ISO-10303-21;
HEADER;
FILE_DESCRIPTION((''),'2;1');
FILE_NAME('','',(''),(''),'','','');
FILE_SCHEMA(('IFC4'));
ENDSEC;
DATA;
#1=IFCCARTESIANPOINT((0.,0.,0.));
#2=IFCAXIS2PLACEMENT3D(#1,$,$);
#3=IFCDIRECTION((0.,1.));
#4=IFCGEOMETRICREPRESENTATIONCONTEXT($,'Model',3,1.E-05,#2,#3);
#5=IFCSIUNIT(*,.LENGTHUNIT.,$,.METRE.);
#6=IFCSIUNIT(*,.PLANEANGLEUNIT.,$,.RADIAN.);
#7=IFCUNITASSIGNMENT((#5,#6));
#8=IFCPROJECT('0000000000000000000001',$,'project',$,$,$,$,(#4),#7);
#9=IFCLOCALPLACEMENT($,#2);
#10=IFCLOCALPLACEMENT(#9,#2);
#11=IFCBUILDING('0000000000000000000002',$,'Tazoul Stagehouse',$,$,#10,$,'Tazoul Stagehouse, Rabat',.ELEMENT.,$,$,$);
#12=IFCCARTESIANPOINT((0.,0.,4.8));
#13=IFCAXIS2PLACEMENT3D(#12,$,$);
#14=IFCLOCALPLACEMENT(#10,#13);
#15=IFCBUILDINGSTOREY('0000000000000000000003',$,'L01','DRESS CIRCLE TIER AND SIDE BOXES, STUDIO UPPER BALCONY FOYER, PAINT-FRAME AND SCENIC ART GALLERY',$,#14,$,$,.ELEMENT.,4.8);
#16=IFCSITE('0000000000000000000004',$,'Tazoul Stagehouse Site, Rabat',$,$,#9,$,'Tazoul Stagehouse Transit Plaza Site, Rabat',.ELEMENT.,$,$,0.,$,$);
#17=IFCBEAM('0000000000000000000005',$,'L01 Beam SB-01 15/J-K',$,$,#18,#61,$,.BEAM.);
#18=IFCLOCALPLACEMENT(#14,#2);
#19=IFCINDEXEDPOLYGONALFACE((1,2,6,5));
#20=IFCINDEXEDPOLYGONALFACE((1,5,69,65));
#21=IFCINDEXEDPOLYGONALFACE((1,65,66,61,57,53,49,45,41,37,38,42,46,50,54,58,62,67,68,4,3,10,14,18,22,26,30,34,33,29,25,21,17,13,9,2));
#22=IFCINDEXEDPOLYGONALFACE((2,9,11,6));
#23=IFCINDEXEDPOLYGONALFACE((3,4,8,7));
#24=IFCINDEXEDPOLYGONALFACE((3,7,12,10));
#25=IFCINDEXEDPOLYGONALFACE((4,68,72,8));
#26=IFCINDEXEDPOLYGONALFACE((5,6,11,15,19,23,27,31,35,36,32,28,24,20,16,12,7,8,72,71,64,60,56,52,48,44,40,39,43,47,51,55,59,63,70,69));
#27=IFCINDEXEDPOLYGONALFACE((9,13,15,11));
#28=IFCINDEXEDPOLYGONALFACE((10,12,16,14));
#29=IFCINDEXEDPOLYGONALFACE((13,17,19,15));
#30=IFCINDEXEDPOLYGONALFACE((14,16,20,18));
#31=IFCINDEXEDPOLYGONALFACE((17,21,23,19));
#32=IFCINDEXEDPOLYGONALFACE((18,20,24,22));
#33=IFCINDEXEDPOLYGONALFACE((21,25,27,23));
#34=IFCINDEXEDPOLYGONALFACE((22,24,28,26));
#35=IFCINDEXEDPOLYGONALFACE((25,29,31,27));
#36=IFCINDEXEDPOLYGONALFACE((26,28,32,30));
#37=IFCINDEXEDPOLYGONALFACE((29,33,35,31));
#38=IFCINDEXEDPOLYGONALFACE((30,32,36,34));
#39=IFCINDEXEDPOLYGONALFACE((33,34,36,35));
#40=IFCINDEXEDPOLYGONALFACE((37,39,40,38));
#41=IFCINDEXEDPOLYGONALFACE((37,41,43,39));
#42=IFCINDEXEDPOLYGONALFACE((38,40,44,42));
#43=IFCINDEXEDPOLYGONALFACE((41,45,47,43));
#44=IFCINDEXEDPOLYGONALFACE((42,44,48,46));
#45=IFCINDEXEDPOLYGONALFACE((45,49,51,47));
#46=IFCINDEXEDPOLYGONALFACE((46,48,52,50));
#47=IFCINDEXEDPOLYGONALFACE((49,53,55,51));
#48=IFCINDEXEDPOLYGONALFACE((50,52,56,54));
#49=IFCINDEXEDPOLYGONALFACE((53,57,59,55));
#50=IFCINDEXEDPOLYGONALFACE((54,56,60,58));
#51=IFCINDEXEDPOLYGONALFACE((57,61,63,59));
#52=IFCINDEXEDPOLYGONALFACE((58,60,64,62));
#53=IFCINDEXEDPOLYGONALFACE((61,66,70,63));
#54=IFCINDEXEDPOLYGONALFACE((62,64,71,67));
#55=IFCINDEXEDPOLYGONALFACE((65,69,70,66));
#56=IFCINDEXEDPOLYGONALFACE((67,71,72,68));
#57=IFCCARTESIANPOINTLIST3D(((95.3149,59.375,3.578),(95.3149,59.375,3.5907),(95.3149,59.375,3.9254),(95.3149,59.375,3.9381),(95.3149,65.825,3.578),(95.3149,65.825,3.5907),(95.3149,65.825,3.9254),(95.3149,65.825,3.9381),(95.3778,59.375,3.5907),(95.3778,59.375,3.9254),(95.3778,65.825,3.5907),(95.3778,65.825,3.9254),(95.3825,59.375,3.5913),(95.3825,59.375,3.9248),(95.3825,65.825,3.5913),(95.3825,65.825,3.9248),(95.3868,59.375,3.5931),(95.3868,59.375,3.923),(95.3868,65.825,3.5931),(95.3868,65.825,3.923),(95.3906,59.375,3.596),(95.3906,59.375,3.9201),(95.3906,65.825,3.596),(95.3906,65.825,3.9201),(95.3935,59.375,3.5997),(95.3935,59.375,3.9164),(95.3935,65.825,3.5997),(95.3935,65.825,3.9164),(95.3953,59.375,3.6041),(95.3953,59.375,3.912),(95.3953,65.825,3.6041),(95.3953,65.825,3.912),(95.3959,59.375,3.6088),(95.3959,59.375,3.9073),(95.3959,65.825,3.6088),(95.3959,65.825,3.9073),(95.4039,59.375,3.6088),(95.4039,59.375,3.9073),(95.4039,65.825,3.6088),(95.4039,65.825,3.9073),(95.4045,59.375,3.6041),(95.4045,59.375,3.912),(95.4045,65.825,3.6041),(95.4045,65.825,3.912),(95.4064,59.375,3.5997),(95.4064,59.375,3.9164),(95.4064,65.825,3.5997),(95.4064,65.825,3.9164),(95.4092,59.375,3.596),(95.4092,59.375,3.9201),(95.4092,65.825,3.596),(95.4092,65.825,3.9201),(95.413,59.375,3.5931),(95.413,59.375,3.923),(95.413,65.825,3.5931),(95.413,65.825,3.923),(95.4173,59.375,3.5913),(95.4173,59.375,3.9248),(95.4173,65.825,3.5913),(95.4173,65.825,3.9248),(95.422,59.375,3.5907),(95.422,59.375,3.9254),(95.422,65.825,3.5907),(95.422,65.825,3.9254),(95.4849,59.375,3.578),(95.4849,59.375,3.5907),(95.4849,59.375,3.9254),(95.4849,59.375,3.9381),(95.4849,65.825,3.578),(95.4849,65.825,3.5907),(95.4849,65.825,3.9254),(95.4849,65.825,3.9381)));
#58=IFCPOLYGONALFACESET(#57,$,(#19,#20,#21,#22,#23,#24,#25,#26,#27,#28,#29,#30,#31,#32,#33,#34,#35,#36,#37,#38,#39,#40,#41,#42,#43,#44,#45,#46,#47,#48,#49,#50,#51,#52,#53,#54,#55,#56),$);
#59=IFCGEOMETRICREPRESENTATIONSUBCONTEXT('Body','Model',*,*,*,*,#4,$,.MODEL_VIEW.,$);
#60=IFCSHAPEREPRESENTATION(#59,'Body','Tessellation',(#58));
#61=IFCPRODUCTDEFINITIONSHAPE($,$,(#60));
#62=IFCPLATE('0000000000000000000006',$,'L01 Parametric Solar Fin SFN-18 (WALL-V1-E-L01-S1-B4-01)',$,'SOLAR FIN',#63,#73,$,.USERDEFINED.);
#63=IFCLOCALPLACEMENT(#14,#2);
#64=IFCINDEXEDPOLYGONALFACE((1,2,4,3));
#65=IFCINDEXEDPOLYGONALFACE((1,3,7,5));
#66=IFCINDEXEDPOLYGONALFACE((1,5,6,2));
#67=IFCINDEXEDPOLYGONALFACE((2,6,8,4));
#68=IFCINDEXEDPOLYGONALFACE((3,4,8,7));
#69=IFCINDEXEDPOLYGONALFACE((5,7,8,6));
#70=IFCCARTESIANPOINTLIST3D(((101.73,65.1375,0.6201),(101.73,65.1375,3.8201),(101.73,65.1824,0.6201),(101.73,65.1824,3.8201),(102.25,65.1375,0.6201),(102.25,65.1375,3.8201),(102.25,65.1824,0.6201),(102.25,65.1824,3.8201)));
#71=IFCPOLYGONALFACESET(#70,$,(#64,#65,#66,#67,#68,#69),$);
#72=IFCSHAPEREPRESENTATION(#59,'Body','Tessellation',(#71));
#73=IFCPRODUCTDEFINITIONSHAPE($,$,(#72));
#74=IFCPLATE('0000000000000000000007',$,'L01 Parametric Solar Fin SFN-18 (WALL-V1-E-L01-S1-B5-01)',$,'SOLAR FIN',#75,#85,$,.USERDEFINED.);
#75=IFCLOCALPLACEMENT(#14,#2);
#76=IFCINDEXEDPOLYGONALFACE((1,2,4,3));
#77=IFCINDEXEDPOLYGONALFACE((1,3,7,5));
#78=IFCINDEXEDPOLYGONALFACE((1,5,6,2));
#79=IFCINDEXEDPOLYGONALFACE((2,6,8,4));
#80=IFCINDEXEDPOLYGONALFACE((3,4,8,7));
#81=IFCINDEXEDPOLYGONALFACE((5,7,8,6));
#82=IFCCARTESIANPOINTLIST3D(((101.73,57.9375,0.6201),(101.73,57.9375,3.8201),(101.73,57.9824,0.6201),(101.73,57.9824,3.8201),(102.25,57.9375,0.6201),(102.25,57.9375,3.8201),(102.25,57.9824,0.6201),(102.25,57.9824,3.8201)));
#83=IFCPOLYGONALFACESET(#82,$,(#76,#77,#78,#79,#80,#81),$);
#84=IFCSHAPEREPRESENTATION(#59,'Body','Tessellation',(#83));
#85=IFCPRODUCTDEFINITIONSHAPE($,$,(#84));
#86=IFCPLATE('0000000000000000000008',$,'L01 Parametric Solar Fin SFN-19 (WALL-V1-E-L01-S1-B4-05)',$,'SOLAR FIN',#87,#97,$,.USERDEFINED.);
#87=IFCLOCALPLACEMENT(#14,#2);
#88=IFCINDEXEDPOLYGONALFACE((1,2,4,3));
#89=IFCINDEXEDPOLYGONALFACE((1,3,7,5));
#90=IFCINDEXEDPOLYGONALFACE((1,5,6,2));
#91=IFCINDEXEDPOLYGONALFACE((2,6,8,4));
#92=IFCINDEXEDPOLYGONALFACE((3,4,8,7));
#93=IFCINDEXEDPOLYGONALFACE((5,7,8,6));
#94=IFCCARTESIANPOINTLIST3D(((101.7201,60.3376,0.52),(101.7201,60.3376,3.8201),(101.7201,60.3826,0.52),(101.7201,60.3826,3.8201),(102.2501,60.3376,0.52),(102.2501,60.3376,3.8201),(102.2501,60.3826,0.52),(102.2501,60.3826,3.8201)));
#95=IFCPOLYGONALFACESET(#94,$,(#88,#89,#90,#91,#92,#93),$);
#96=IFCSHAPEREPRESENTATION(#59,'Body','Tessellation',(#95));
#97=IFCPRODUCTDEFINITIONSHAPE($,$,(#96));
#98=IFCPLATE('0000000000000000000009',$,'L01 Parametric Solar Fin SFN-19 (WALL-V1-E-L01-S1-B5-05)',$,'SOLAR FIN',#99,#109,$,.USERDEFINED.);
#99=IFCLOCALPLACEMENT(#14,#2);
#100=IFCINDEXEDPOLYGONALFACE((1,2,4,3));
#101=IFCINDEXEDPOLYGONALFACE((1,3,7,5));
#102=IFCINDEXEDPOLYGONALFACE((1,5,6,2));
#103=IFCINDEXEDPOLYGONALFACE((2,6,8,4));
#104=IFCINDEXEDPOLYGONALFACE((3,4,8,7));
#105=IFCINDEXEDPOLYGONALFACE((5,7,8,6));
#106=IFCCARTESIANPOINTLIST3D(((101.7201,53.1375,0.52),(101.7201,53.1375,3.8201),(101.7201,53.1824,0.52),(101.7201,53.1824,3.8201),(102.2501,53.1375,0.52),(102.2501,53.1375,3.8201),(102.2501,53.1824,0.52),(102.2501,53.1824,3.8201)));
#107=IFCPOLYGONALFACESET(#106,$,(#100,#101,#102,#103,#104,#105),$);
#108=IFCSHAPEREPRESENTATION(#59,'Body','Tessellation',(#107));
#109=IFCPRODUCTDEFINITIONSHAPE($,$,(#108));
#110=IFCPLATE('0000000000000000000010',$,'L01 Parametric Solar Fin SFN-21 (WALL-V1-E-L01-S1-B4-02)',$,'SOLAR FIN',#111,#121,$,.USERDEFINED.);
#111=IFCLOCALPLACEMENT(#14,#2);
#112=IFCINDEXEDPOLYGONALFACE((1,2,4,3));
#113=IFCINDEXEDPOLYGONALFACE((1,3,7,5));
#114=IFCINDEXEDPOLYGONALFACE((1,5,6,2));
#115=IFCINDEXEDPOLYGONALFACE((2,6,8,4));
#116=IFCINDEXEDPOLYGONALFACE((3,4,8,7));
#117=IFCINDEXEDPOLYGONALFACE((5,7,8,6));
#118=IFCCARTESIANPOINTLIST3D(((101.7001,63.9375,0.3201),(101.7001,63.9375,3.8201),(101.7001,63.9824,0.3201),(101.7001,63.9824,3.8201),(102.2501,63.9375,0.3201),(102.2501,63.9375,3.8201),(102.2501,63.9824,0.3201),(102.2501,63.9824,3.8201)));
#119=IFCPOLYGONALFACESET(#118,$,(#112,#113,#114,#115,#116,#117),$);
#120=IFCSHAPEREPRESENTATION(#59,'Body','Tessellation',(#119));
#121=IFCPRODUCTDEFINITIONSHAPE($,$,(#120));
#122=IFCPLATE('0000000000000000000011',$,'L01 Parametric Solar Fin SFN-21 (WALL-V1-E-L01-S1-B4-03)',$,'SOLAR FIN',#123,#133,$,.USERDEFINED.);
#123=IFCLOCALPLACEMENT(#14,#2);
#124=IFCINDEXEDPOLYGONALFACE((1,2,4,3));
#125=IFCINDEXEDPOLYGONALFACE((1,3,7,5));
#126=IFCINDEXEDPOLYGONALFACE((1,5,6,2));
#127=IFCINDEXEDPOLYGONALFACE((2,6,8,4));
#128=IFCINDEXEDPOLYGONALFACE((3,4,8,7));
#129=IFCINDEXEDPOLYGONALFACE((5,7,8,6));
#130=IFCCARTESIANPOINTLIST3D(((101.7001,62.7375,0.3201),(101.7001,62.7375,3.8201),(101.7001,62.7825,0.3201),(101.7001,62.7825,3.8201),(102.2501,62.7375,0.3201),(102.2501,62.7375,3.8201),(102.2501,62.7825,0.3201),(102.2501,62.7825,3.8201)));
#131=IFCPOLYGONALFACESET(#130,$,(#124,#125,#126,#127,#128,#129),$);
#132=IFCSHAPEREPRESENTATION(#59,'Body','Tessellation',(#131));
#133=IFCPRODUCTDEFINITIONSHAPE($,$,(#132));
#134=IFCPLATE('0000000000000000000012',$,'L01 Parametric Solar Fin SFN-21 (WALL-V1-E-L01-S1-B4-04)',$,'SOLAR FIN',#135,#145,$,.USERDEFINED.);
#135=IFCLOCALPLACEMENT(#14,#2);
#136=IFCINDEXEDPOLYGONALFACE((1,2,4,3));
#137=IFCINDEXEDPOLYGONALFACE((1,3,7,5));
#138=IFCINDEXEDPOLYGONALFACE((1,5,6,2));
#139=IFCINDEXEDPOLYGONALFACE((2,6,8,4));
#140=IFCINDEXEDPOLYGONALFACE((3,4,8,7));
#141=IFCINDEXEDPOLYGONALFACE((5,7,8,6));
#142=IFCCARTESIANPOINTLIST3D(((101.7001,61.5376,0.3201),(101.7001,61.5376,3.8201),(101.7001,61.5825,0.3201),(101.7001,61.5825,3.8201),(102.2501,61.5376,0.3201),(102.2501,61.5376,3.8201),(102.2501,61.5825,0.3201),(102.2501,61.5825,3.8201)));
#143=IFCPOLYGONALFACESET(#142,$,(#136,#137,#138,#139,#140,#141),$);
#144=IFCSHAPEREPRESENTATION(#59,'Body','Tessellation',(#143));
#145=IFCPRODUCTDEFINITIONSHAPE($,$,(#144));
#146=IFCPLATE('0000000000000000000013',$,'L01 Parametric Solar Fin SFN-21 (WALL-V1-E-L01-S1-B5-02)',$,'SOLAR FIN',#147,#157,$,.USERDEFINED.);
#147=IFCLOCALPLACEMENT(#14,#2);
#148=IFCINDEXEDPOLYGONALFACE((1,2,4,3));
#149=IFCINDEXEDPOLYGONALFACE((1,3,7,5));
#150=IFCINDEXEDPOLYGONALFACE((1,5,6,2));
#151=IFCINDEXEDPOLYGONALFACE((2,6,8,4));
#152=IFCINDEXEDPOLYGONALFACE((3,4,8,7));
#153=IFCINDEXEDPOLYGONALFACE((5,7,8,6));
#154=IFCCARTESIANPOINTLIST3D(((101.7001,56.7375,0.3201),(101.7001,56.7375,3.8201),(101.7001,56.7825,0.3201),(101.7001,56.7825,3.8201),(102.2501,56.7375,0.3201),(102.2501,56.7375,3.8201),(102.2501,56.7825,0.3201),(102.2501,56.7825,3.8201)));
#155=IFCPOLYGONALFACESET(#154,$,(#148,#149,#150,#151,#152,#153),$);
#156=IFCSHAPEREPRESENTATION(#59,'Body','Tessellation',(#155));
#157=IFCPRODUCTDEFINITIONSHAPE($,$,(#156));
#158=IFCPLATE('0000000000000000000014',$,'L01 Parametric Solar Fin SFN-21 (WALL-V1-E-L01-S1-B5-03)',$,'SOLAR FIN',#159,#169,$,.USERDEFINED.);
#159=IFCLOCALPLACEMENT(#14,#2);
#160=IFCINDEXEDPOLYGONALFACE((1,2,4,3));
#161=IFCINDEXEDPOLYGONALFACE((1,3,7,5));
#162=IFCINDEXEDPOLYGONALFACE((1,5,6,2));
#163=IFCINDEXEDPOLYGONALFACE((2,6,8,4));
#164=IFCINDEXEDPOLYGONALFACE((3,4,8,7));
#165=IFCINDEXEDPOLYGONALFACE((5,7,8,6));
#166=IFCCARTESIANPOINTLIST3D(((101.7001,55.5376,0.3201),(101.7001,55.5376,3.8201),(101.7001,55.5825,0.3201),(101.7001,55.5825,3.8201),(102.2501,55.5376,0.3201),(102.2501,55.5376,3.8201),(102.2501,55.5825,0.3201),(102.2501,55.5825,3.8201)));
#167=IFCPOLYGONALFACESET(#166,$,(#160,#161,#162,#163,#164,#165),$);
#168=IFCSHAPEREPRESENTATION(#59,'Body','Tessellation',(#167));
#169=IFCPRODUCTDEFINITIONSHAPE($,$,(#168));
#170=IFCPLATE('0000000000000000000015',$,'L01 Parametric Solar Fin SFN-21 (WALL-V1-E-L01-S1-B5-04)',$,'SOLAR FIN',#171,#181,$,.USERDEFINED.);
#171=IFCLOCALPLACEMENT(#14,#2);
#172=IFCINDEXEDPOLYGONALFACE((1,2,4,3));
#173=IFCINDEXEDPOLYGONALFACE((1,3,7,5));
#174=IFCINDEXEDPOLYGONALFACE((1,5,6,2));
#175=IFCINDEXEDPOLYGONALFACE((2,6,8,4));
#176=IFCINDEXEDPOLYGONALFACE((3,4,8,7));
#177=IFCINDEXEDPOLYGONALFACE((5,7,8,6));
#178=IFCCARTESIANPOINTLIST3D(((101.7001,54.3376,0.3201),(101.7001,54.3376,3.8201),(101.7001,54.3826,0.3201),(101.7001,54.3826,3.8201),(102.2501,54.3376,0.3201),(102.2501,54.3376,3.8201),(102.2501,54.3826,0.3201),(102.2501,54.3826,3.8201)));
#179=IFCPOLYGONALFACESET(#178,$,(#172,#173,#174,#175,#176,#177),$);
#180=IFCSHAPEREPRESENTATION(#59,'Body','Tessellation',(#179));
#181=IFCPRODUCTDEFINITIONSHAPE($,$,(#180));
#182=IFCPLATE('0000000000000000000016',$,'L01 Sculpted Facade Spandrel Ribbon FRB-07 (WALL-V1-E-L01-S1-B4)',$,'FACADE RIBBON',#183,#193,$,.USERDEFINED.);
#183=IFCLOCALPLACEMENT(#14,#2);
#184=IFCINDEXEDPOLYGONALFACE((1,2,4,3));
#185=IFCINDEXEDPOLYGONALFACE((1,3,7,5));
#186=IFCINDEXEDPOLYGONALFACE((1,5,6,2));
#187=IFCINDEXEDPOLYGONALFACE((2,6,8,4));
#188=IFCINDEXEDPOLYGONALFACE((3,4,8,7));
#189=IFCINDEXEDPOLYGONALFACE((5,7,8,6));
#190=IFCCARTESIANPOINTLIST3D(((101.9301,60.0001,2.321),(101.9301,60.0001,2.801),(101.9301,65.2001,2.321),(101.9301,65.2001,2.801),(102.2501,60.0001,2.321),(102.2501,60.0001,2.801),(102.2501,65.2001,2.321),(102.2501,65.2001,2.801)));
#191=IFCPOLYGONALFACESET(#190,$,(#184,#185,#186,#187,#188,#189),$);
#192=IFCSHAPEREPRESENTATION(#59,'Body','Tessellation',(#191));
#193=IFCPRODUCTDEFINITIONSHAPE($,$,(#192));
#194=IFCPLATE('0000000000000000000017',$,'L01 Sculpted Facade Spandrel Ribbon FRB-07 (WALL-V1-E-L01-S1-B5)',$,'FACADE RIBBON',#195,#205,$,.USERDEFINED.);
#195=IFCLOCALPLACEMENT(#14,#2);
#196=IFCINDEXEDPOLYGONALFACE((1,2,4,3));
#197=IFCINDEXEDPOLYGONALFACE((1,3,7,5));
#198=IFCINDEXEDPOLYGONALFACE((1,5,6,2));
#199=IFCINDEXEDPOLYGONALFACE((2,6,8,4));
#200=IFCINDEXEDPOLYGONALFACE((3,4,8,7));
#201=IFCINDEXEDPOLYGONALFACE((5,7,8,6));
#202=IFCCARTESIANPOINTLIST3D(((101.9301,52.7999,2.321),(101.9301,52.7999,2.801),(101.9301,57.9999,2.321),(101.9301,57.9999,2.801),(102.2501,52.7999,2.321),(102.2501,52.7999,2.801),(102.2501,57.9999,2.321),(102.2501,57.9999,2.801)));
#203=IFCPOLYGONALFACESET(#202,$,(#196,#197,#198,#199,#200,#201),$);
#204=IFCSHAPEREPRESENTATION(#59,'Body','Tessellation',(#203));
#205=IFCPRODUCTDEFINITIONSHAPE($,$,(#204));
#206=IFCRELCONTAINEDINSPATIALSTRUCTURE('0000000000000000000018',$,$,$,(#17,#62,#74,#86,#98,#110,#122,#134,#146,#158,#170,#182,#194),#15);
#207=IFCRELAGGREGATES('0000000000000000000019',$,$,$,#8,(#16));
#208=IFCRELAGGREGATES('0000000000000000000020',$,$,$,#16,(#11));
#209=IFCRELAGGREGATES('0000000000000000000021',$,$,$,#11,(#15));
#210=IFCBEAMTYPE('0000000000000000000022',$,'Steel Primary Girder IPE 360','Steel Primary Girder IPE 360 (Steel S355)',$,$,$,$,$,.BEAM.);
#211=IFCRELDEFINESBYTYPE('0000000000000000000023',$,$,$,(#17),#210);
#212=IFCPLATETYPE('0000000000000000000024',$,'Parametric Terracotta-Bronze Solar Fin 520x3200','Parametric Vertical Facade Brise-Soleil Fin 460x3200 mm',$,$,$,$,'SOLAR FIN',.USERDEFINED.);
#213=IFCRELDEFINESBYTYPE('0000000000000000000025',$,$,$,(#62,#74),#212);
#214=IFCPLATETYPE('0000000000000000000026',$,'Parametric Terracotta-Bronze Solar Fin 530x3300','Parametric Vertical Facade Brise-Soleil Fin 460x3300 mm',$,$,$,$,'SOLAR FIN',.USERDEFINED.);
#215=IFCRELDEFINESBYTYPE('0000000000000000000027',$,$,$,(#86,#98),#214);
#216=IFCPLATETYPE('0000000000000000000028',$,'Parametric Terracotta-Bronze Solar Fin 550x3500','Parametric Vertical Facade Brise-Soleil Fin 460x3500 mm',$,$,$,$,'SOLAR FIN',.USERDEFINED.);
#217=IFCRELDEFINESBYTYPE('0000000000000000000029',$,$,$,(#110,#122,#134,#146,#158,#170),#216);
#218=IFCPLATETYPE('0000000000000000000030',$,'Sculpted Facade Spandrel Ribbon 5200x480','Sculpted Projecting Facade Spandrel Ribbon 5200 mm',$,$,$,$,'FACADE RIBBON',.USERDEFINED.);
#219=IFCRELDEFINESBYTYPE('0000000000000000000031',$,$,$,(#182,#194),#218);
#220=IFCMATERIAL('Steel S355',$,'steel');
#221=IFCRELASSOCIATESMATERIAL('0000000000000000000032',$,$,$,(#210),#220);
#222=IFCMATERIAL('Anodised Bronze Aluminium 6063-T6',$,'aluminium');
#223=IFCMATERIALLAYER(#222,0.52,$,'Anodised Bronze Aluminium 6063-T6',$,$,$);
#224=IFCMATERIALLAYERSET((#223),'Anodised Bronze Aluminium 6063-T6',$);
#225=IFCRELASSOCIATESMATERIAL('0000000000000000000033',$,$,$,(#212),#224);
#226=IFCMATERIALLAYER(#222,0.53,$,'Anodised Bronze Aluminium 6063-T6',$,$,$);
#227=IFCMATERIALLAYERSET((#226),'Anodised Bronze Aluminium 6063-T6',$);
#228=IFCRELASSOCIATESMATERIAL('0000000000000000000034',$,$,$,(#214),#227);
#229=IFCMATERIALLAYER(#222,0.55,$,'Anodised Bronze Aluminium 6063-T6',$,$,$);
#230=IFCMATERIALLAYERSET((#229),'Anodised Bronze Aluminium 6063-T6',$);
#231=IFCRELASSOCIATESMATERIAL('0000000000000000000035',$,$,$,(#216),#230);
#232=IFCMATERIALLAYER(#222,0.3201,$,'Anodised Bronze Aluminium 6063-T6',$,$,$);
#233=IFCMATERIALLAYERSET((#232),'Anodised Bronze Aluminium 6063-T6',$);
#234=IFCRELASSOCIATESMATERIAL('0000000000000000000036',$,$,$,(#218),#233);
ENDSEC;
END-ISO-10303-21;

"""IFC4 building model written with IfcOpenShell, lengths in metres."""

from ifc_helpers import new_model, si_unit, direction, frame, origin, origin_2d, place, context, subcontext, project, spatial, rectangle, i_section, extrude, material, layer, layer_set, material_profile, profile_set, type_object, element, save


model = new_model("IFC4")

# Units and contexts
model_context = context("Model", 3, precision=1e-05, world=origin(), true_north=direction((0.0, 1.0)))
body_context = subcontext(model_context, "Body", "Model", "MODEL_VIEW")
ifc_project = project(units=[si_unit("LENGTHUNIT", "METRE"), si_unit("PLANEANGLEUNIT", "RADIAN")], contexts=[model_context])

# Site, building, storey
site_placement = place(None, origin())
site = spatial("IfcSite", under=ifc_project, at=site_placement, Name="Tazoul Stagehouse Site, Rabat", LongName="Tazoul Stagehouse Transit Plaza Site, Rabat", CompositionType="ELEMENT", RefElevation=0.0)
building_placement = place(site_placement, origin())
building = spatial("IfcBuilding", under=site, at=building_placement, Name="Tazoul Stagehouse", LongName="Tazoul Stagehouse, Rabat", CompositionType="ELEMENT")
storey_placement = place(building_placement, frame((0.0, 0.0, 4.8)))
storey = spatial("IfcBuildingStorey", under=building, at=storey_placement, Name="L01", Description="DRESS CIRCLE TIER AND SIDE BOXES, STUDIO UPPER BALCONY FOYER, PAINT-FRAME AND SCENIC ART GALLERY", CompositionType="ELEMENT", Elevation=4.8)

# Beam
ifc_material_1 = material(Name="Steel S355", Category="steel")
ifc_material_profile_1 = material_profile(ifc_material_1, i_section(OverallWidth=0.1699, OverallDepth=0.3601, WebThickness=0.0081, FlangeThickness=0.0127, FilletRadius=0.0181, at=origin_2d()), Name="IPE 360")
ifc_profile_set_1 = profile_set([ifc_material_profile_1], Name="Steel S355")
beam_type_1 = type_object("IfcBeamType", Name="Steel Primary Girder IPE 360", Description="Steel Primary Girder IPE 360 (Steel S355)", PredefinedType="BEAM", material=ifc_profile_set_1)
beam_1_placement = place(storey_placement, frame((95.3999, 59.375, 3.7581), z_axis=(0.0, 1.0, 0.0), x_axis=(-1.0, 0.0, 0.0)))
element("IfcBeam", 1, at=beam_1_placement, inside=storey, type_object=beam_type_1, Name="L01 Beam SB-01 15/J-K", PredefinedType="BEAM", context=body_context, shape_type="SweptSolid", body=[
    extrude(i_section(OverallWidth=0.1699, OverallDepth=0.3601, WebThickness=0.0081, FlangeThickness=0.0127, FilletRadius=0.0181, at=origin_2d()), origin(), (0.0, 0.0, 1.0), 6.45),
])

# Plates
ifc_material_2 = material(Name="Anodised Bronze Aluminium 6063-T6", Category="aluminium")
ifc_layer_1 = layer(ifc_material_2, 0.52, Name="Anodised Bronze Aluminium 6063-T6")
ifc_layer_set_1 = layer_set([ifc_layer_1], Name="Anodised Bronze Aluminium 6063-T6")
plate_type_1 = type_object("IfcPlateType", Name="Parametric Terracotta-Bronze Solar Fin 520x3200", Description="Parametric Vertical Facade Brise-Soleil Fin 460x3200 mm", ElementType="SOLAR FIN", PredefinedType="USERDEFINED", material=ifc_layer_set_1)
for number, where, z_axis, x_axis, name in (
    (2, (101.99, 65.1599, 0.6201), (0.0, 0.0, 1.0), (0.0, -1.0, 0.0), "L01 Parametric Solar Fin SFN-18 (WALL-V1-E-L01-S1-B4-01)"),
    (3, (101.99, 57.96, 0.6201), (0.0, 0.0, 1.0), (0.0, -1.0, 0.0), "L01 Parametric Solar Fin SFN-18 (WALL-V1-E-L01-S1-B5-01)"),
):
    element("IfcPlate", number, at=place(storey_placement, frame(where, z_axis=z_axis, x_axis=x_axis)), inside=storey, type_object=plate_type_1, Name=name, ObjectType="SOLAR FIN", PredefinedType="USERDEFINED", context=body_context, shape_type="SweptSolid", body=[
        extrude(rectangle(XDim=0.0449, YDim=0.52, at=origin_2d()), origin(), (0.0, 0.0, 1.0), 3.2),
    ])
ifc_layer_2 = layer(ifc_material_2, 0.53, Name="Anodised Bronze Aluminium 6063-T6")
ifc_layer_set_2 = layer_set([ifc_layer_2], Name="Anodised Bronze Aluminium 6063-T6")
plate_type_2 = type_object("IfcPlateType", Name="Parametric Terracotta-Bronze Solar Fin 530x3300", Description="Parametric Vertical Facade Brise-Soleil Fin 460x3300 mm", ElementType="SOLAR FIN", PredefinedType="USERDEFINED", material=ifc_layer_set_2)
for number, where, z_axis, x_axis, name in (
    (4, (101.9851, 60.3601, 0.52), (0.0, 0.0, 1.0), (0.0, -1.0, 0.0), "L01 Parametric Solar Fin SFN-19 (WALL-V1-E-L01-S1-B4-05)"),
    (5, (101.9851, 53.1599, 0.52), (0.0, 0.0, 1.0), (0.0, -1.0, 0.0), "L01 Parametric Solar Fin SFN-19 (WALL-V1-E-L01-S1-B5-05)"),
):
    element("IfcPlate", number, at=place(storey_placement, frame(where, z_axis=z_axis, x_axis=x_axis)), inside=storey, type_object=plate_type_2, Name=name, ObjectType="SOLAR FIN", PredefinedType="USERDEFINED", context=body_context, shape_type="SweptSolid", body=[
        extrude(rectangle(XDim=0.0449, YDim=0.53, at=origin_2d()), origin(), (0.0, 0.0, 1.0), 3.3),
    ])
ifc_layer_3 = layer(ifc_material_2, 0.55, Name="Anodised Bronze Aluminium 6063-T6")
ifc_layer_set_3 = layer_set([ifc_layer_3], Name="Anodised Bronze Aluminium 6063-T6")
plate_type_3 = type_object("IfcPlateType", Name="Parametric Terracotta-Bronze Solar Fin 550x3500", Description="Parametric Vertical Facade Brise-Soleil Fin 460x3500 mm", ElementType="SOLAR FIN", PredefinedType="USERDEFINED", material=ifc_layer_set_3)
for number, where, z_axis, x_axis, name in (
    (6, (101.9751, 63.96, 0.3201), (0.0, 0.0, 1.0), (0.0, -1.0, 0.0), "L01 Parametric Solar Fin SFN-21 (WALL-V1-E-L01-S1-B4-02)"),
    (7, (101.9751, 62.76, 0.3201), (0.0, 0.0, 1.0), (0.0, -1.0, 0.0), "L01 Parametric Solar Fin SFN-21 (WALL-V1-E-L01-S1-B4-03)"),
    (8, (101.9751, 61.5601, 0.3201), (0.0, 0.0, 1.0), (0.0, -1.0, 0.0), "L01 Parametric Solar Fin SFN-21 (WALL-V1-E-L01-S1-B4-04)"),
    (9, (101.9751, 56.76, 0.3201), (0.0, 0.0, 1.0), (0.0, -1.0, 0.0), "L01 Parametric Solar Fin SFN-21 (WALL-V1-E-L01-S1-B5-02)"),
    (10, (101.9751, 55.5601, 0.3201), (0.0, 0.0, 1.0), (0.0, -1.0, 0.0), "L01 Parametric Solar Fin SFN-21 (WALL-V1-E-L01-S1-B5-03)"),
    (11, (101.9751, 54.3601, 0.3201), (0.0, 0.0, 1.0), (0.0, -1.0, 0.0), "L01 Parametric Solar Fin SFN-21 (WALL-V1-E-L01-S1-B5-04)"),
):
    element("IfcPlate", number, at=place(storey_placement, frame(where, z_axis=z_axis, x_axis=x_axis)), inside=storey, type_object=plate_type_3, Name=name, ObjectType="SOLAR FIN", PredefinedType="USERDEFINED", context=body_context, shape_type="SweptSolid", body=[
        extrude(rectangle(XDim=0.0449, YDim=0.55, at=origin_2d()), origin(), (0.0, 0.0, 1.0), 3.5),
    ])
ifc_layer_4 = layer(ifc_material_2, 0.3201, Name="Anodised Bronze Aluminium 6063-T6")
ifc_layer_set_4 = layer_set([ifc_layer_4], Name="Anodised Bronze Aluminium 6063-T6")
plate_type_4 = type_object("IfcPlateType", Name="Sculpted Facade Spandrel Ribbon 5200x480", Description="Sculpted Projecting Facade Spandrel Ribbon 5200 mm", ElementType="FACADE RIBBON", PredefinedType="USERDEFINED", material=ifc_layer_set_4)
for number, where, z_axis, x_axis, name in (
    (12, (102.0901, 62.6001, 2.321), (0.0, 0.0, 1.0), (0.0, -1.0, 0.0), "L01 Sculpted Facade Spandrel Ribbon FRB-07 (WALL-V1-E-L01-S1-B4)"),
    (13, (102.0901, 55.3999, 2.321), (0.0, 0.0, 1.0), (0.0, -1.0, 0.0), "L01 Sculpted Facade Spandrel Ribbon FRB-07 (WALL-V1-E-L01-S1-B5)"),
):
    element("IfcPlate", number, at=place(storey_placement, frame(where, z_axis=z_axis, x_axis=x_axis)), inside=storey, type_object=plate_type_4, Name=name, ObjectType="FACADE RIBBON", PredefinedType="USERDEFINED", context=body_context, shape_type="SweptSolid", body=[
        extrude(rectangle(XDim=5.2, YDim=0.3201, at=origin_2d()), origin(), (0.0, 0.0, 1.0), 0.48),
    ])

save(model, "model.ifc")
